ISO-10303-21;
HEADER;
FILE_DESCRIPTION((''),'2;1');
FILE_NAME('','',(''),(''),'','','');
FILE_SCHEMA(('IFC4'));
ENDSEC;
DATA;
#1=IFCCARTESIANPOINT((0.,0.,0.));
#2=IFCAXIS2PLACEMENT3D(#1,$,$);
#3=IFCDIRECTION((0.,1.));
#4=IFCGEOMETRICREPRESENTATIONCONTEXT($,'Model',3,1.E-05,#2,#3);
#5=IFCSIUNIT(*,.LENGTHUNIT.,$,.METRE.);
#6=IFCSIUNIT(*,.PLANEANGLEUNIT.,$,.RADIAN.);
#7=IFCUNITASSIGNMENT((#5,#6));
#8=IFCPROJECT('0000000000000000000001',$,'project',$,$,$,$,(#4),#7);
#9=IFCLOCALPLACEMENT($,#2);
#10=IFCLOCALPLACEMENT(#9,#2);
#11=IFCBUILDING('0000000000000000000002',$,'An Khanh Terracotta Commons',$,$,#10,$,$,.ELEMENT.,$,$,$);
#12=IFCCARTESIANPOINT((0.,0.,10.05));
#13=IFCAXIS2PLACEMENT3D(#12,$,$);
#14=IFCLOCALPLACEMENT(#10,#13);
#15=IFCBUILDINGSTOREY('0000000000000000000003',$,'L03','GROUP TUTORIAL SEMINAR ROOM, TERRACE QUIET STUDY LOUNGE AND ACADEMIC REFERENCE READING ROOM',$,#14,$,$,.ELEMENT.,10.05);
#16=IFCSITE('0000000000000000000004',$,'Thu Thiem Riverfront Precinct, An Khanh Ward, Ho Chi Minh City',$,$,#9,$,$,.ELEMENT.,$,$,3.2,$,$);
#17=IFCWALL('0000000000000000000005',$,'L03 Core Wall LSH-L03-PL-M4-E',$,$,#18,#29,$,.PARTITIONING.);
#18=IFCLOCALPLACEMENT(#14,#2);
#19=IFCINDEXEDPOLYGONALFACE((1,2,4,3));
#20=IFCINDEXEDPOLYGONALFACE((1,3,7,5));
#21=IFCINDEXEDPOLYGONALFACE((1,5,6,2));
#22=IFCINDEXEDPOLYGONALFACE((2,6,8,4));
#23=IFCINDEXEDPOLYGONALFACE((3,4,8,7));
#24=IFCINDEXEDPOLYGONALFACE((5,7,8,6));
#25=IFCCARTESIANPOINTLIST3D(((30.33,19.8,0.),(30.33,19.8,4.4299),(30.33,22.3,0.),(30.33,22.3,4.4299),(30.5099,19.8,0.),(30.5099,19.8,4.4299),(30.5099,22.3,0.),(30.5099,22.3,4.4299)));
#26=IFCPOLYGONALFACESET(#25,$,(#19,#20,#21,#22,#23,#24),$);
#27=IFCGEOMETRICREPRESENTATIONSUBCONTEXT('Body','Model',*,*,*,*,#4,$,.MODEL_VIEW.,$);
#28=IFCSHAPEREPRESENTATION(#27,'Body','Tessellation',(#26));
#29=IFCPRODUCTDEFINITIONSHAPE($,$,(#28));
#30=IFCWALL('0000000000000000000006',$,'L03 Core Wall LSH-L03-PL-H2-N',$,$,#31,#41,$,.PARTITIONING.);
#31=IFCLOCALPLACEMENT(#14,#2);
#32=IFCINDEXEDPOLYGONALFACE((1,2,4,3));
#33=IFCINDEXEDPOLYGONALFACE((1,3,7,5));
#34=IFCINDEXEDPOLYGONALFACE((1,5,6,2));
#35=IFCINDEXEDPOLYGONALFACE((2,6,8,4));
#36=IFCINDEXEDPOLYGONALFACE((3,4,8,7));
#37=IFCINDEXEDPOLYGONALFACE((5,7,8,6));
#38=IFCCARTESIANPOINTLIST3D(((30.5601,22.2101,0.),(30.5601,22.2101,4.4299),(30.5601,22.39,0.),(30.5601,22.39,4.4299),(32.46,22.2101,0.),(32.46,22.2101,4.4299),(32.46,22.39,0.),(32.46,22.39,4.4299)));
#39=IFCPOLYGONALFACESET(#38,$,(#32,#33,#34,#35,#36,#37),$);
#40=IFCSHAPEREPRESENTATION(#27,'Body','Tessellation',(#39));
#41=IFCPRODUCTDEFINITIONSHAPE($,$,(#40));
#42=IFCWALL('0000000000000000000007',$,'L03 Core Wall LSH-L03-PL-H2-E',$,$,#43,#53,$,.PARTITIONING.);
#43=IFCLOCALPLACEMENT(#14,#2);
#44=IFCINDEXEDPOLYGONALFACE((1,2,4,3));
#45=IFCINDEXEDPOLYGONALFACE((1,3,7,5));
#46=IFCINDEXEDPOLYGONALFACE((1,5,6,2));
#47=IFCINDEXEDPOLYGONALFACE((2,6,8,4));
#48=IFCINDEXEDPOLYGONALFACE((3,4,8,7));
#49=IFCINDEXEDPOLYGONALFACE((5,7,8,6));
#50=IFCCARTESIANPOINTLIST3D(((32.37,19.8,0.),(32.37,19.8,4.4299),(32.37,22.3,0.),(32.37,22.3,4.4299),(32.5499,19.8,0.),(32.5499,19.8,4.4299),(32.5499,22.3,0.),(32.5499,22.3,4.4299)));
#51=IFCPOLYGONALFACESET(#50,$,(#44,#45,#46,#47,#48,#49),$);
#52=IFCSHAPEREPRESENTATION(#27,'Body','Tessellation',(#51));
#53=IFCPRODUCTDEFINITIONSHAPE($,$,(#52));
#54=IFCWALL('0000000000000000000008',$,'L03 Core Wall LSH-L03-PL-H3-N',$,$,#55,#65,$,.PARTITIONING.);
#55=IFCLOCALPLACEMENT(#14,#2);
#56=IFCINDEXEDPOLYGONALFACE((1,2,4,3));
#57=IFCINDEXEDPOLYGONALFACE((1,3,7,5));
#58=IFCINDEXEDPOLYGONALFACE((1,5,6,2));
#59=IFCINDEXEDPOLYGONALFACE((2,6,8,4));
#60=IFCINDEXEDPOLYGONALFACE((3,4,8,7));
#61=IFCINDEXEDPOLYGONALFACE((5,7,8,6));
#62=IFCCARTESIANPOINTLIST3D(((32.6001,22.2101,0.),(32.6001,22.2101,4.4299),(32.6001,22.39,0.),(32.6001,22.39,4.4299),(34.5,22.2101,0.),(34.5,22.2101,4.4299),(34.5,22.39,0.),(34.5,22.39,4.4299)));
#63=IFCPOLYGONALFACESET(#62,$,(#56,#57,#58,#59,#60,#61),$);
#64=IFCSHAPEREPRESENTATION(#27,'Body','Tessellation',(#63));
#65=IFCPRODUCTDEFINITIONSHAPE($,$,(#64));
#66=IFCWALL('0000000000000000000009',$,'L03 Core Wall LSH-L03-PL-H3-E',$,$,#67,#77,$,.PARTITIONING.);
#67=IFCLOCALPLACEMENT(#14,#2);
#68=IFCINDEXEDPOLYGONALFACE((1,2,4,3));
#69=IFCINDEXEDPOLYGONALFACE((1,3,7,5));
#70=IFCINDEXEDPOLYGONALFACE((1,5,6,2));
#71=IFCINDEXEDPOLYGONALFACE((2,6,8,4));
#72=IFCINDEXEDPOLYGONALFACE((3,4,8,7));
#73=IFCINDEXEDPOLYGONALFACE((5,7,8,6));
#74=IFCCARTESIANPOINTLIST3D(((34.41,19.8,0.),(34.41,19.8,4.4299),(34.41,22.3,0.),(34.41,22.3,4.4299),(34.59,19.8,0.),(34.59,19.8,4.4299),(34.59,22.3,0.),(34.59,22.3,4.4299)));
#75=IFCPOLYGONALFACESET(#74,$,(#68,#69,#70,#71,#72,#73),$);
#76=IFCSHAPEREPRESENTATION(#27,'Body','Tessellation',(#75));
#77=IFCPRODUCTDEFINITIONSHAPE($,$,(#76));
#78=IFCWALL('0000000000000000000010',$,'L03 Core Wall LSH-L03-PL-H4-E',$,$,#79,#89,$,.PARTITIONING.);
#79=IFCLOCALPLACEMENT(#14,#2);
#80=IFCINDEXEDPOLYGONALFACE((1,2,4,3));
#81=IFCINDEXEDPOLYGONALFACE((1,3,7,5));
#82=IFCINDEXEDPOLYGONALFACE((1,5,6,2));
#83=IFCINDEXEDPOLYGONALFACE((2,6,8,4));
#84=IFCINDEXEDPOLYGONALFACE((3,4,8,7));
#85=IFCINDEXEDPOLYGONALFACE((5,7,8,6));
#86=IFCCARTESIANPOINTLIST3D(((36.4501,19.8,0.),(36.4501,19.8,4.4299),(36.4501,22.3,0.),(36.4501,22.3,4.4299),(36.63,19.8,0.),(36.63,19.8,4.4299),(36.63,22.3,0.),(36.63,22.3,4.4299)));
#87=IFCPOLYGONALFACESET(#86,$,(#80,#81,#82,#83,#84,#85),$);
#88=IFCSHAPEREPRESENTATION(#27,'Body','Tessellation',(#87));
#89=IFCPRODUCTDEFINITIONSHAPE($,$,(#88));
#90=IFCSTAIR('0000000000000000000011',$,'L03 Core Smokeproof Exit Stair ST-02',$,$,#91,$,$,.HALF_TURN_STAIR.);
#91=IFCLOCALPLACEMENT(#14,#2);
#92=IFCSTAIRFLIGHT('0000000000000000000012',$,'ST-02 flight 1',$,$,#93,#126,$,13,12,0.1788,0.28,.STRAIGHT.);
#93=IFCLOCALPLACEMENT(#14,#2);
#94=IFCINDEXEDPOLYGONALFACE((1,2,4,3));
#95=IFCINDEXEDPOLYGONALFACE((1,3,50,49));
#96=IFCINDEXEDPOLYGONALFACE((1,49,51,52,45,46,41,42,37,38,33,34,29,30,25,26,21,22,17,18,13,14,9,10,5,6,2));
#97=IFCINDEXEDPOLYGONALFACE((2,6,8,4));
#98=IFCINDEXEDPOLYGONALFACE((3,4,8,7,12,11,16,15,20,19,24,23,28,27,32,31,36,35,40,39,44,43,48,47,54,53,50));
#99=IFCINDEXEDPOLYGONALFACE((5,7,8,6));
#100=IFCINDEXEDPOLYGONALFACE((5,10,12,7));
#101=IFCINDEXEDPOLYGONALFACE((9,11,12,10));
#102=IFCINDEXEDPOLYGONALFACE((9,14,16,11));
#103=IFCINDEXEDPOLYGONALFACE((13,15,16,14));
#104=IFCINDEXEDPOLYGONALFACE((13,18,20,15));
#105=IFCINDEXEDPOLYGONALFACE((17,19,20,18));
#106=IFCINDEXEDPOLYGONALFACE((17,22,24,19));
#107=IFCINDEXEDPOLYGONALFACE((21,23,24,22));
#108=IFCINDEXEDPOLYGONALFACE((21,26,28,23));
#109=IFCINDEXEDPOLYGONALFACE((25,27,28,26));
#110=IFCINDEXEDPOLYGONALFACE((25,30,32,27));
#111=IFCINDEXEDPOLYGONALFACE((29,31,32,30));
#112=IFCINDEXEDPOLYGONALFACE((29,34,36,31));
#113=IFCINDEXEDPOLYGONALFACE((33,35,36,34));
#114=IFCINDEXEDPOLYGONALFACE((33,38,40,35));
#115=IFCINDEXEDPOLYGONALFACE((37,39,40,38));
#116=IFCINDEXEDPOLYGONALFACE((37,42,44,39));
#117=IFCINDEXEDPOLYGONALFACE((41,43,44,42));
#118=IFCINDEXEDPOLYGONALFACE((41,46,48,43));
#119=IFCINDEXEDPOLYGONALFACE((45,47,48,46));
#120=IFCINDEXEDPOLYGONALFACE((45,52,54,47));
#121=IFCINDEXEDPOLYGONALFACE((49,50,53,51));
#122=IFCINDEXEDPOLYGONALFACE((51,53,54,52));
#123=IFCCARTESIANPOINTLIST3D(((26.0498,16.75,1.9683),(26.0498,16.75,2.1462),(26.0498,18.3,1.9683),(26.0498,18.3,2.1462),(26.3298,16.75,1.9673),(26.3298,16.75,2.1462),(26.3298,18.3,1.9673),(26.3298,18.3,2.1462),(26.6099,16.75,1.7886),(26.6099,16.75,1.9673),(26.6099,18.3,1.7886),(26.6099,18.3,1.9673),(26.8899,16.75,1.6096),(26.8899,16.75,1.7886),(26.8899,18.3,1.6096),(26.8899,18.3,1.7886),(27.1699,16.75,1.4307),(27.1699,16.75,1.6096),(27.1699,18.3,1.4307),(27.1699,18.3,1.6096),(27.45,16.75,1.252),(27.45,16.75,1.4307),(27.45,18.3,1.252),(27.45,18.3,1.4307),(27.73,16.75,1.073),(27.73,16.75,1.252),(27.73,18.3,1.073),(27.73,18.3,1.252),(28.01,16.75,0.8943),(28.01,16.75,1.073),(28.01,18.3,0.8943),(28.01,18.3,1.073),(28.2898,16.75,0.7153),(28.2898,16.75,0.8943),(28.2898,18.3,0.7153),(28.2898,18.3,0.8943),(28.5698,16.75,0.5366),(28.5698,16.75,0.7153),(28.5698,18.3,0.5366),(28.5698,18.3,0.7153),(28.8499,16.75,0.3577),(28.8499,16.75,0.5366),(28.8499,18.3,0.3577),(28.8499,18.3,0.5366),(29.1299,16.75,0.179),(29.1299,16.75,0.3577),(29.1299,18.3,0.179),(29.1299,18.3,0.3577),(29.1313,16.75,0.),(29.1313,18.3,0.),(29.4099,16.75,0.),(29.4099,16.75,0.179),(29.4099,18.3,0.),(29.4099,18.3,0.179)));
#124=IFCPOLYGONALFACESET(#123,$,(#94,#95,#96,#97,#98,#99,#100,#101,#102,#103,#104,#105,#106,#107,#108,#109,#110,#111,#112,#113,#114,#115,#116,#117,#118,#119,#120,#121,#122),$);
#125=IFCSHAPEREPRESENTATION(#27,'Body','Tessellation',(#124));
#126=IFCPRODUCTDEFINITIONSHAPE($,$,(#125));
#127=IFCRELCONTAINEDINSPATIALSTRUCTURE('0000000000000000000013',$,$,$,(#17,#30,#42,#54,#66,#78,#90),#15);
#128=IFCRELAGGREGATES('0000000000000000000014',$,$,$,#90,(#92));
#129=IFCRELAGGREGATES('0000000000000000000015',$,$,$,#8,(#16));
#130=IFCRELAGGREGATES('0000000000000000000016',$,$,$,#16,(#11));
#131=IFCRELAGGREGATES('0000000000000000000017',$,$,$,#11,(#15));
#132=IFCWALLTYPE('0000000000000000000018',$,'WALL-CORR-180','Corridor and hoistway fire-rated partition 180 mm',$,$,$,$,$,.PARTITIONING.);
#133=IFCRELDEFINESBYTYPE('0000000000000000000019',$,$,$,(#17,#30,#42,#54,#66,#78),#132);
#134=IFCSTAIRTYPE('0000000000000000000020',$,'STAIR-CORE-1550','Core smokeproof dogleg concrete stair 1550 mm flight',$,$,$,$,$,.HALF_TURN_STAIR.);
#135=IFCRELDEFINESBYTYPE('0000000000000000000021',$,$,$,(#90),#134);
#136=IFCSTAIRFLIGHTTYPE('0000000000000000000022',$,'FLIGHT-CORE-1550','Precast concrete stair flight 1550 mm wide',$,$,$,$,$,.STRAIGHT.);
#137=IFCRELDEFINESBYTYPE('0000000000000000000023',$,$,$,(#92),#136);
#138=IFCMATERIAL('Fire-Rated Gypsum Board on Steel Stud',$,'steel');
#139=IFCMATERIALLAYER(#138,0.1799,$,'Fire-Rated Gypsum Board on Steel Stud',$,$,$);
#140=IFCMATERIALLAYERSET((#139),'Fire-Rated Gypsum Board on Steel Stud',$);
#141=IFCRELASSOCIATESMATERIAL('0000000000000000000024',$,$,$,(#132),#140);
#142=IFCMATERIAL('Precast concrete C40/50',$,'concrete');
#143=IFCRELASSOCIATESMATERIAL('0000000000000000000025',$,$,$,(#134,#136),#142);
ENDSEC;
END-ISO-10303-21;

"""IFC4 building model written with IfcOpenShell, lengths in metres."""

from ifc_helpers import new_model, si_unit, direction, frame, frame_2d, origin, place, context, subcontext, project, spatial, polyline, rectangle, outline, extrude, material, layer, layer_set, type_object, element, aggregate, save


model = new_model("IFC4")

# Units and contexts
model_context = context("Model", 3, precision=1e-05, world=origin(), true_north=direction((0.0, 1.0)))
body_context = subcontext(model_context, "Body", "Model", "MODEL_VIEW")
ifc_project = project(units=[si_unit("LENGTHUNIT", "METRE"), si_unit("PLANEANGLEUNIT", "RADIAN")], contexts=[model_context])

# Site, building, storey
site_placement = place(None, origin())
site = spatial("IfcSite", under=ifc_project, at=site_placement, Name="Thu Thiem Riverfront Precinct, An Khanh Ward, Ho Chi Minh City", CompositionType="ELEMENT", RefElevation=3.2)
building_placement = place(site_placement, origin())
building = spatial("IfcBuilding", under=site, at=building_placement, Name="An Khanh Terracotta Commons", CompositionType="ELEMENT")
storey_placement = place(building_placement, frame((0.0, 0.0, 10.05)))
storey = spatial("IfcBuildingStorey", under=building, at=storey_placement, Name="L03", Description="GROUP TUTORIAL SEMINAR ROOM, TERRACE QUIET STUDY LOUNGE AND ACADEMIC REFERENCE READING ROOM", CompositionType="ELEMENT", Elevation=10.05)

# Shared definitions
ifc_material_1 = material(Name="Fire-Rated Gypsum Board on Steel Stud", Category="steel")
ifc_layer = layer(ifc_material_1, 0.1799, Name="Fire-Rated Gypsum Board on Steel Stud")
ifc_layer_set = layer_set([ifc_layer], Name="Fire-Rated Gypsum Board on Steel Stud")
wall_type = type_object("IfcWallType", Name="WALL-CORR-180", Description="Corridor and hoistway fire-rated partition 180 mm", PredefinedType="PARTITIONING", material=ifc_layer_set)

# Walls
wall_1_placement = place(storey_placement, frame((30.4199, 19.8, 0.0), z_axis=(0.0, 0.0, 1.0), x_axis=(0.0, 1.0, 0.0)))
element("IfcWall", 1, at=wall_1_placement, inside=storey, type_object=wall_type, Name="L03 Core Wall LSH-L03-PL-M4-E", PredefinedType="PARTITIONING", context=body_context, shape_type="SweptSolid", body=[
    extrude(rectangle(XDim=2.5, YDim=0.1799, at=frame_2d((1.25, 0.0))), origin(), (0.0, 0.0, 1.0), 4.4299),
])
wall_2_placement = place(storey_placement, frame((30.5601, 22.3, 0.0), z_axis=(0.0, 0.0, 1.0), x_axis=(1.0, 0.0, 0.0)))
element("IfcWall", 2, at=wall_2_placement, inside=storey, type_object=wall_type, Name="L03 Core Wall LSH-L03-PL-H2-N", PredefinedType="PARTITIONING", context=body_context, shape_type="SweptSolid", body=[
    extrude(rectangle(XDim=1.8999, YDim=0.1799, at=frame_2d((0.95, 0.0))), origin(), (0.0, 0.0, 1.0), 4.4299),
])
wall_3_placement = place(storey_placement, frame((32.46, 19.8, 0.0), z_axis=(0.0, 0.0, 1.0), x_axis=(0.0, 1.0, 0.0)))
element("IfcWall", 3, at=wall_3_placement, inside=storey, type_object=wall_type, Name="L03 Core Wall LSH-L03-PL-H2-E", PredefinedType="PARTITIONING", context=body_context, shape_type="SweptSolid", body=[
    extrude(rectangle(XDim=2.5, YDim=0.1799, at=frame_2d((1.25, 0.0))), origin(), (0.0, 0.0, 1.0), 4.4299),
])
wall_4_placement = place(storey_placement, frame((32.6001, 22.3, 0.0), z_axis=(0.0, 0.0, 1.0), x_axis=(1.0, 0.0, 0.0)))
element("IfcWall", 4, at=wall_4_placement, inside=storey, type_object=wall_type, Name="L03 Core Wall LSH-L03-PL-H3-N", PredefinedType="PARTITIONING", context=body_context, shape_type="SweptSolid", body=[
    extrude(rectangle(XDim=1.8999, YDim=0.1799, at=frame_2d((0.95, 0.0))), origin(), (0.0, 0.0, 1.0), 4.4299),
])
for number, where, z_axis, x_axis, name in (
    (5, (34.5, 19.8, 0.0), (0.0, 0.0, 1.0), (0.0, 1.0, 0.0), "L03 Core Wall LSH-L03-PL-H3-E"),
    (6, (36.54, 19.8, 0.0), (0.0, 0.0, 1.0), (0.0, 1.0, 0.0), "L03 Core Wall LSH-L03-PL-H4-E"),
):
    element("IfcWall", number, at=place(storey_placement, frame(where, z_axis=z_axis, x_axis=x_axis)), inside=storey, type_object=wall_type, Name=name, PredefinedType="PARTITIONING", context=body_context, shape_type="SweptSolid", body=[
        extrude(rectangle(XDim=2.5, YDim=0.1799, at=frame_2d((1.25, 0.0))), origin(), (0.0, 0.0, 1.0), 4.4299),
    ])

# Stair, stair flight
ifc_material_2 = material(Name="Precast concrete C40/50", Category="concrete")
stair_type = type_object("IfcStairType", Name="STAIR-CORE-1550", Description="Core smokeproof dogleg concrete stair 1550 mm flight", PredefinedType="HALF_TURN_STAIR", material=ifc_material_2)
stair_placement = place(storey_placement, origin())
stair = element("IfcStair", 7, at=stair_placement, inside=storey, type_object=stair_type, Name="L03 Core Smokeproof Exit Stair ST-02", PredefinedType="HALF_TURN_STAIR")
stair_flight_type = type_object("IfcStairFlightType", Name="FLIGHT-CORE-1550", Description="Precast concrete stair flight 1550 mm wide", PredefinedType="STRAIGHT", material=ifc_material_2)
stair_flight_placement = place(storey_placement, frame((29.4099, 17.5249, 0.0), z_axis=(0.0, 0.0, 1.0), x_axis=(-1.0, 0.0, 0.0)))
stair_flight = element("IfcStairFlight", 8, at=stair_flight_placement, type_object=stair_flight_type, Name="ST-02 flight 1", NumberOfRisers=13, NumberOfTreads=12, PredefinedType="STRAIGHT", RiserHeight=0.1788, TreadLength=0.28, context=body_context, shape_type="SweptSolid", body=[
    extrude(outline(polyline([(0.0, 0.0), (0.0, 0.179), (0.28, 0.179), (0.28, 0.3577), (0.5601, 0.3577), (0.5601, 0.5366), (0.8401, 0.5366), (0.8401, 0.7153), (1.1201, 0.7153), (1.1201, 0.8943), (1.3999, 0.8943), (1.3999, 1.073), (1.6799, 1.073), (1.6799, 1.252), (1.96, 1.252), (1.96, 1.4307), (2.24, 1.4307), (2.24, 1.6096), (2.52, 1.6096), (2.52, 1.7886), (2.8, 1.7886), (2.8, 1.9673), (3.0801, 1.9673), (3.0801, 2.1462), (3.3601, 2.1462), (3.3601, 2.325), (3.3601, 1.9683), (0.2786, 0.0), (0.0, 0.0)])), frame((0.0, 0.7749, 0.0), z_axis=(0.0, -1.0, 0.0), x_axis=(1.0, 0.0, 0.0)), (0.0, 0.0, 1.0), 1.55),
])
aggregate(stair, [stair_flight])

save(model, "model.ifc")
